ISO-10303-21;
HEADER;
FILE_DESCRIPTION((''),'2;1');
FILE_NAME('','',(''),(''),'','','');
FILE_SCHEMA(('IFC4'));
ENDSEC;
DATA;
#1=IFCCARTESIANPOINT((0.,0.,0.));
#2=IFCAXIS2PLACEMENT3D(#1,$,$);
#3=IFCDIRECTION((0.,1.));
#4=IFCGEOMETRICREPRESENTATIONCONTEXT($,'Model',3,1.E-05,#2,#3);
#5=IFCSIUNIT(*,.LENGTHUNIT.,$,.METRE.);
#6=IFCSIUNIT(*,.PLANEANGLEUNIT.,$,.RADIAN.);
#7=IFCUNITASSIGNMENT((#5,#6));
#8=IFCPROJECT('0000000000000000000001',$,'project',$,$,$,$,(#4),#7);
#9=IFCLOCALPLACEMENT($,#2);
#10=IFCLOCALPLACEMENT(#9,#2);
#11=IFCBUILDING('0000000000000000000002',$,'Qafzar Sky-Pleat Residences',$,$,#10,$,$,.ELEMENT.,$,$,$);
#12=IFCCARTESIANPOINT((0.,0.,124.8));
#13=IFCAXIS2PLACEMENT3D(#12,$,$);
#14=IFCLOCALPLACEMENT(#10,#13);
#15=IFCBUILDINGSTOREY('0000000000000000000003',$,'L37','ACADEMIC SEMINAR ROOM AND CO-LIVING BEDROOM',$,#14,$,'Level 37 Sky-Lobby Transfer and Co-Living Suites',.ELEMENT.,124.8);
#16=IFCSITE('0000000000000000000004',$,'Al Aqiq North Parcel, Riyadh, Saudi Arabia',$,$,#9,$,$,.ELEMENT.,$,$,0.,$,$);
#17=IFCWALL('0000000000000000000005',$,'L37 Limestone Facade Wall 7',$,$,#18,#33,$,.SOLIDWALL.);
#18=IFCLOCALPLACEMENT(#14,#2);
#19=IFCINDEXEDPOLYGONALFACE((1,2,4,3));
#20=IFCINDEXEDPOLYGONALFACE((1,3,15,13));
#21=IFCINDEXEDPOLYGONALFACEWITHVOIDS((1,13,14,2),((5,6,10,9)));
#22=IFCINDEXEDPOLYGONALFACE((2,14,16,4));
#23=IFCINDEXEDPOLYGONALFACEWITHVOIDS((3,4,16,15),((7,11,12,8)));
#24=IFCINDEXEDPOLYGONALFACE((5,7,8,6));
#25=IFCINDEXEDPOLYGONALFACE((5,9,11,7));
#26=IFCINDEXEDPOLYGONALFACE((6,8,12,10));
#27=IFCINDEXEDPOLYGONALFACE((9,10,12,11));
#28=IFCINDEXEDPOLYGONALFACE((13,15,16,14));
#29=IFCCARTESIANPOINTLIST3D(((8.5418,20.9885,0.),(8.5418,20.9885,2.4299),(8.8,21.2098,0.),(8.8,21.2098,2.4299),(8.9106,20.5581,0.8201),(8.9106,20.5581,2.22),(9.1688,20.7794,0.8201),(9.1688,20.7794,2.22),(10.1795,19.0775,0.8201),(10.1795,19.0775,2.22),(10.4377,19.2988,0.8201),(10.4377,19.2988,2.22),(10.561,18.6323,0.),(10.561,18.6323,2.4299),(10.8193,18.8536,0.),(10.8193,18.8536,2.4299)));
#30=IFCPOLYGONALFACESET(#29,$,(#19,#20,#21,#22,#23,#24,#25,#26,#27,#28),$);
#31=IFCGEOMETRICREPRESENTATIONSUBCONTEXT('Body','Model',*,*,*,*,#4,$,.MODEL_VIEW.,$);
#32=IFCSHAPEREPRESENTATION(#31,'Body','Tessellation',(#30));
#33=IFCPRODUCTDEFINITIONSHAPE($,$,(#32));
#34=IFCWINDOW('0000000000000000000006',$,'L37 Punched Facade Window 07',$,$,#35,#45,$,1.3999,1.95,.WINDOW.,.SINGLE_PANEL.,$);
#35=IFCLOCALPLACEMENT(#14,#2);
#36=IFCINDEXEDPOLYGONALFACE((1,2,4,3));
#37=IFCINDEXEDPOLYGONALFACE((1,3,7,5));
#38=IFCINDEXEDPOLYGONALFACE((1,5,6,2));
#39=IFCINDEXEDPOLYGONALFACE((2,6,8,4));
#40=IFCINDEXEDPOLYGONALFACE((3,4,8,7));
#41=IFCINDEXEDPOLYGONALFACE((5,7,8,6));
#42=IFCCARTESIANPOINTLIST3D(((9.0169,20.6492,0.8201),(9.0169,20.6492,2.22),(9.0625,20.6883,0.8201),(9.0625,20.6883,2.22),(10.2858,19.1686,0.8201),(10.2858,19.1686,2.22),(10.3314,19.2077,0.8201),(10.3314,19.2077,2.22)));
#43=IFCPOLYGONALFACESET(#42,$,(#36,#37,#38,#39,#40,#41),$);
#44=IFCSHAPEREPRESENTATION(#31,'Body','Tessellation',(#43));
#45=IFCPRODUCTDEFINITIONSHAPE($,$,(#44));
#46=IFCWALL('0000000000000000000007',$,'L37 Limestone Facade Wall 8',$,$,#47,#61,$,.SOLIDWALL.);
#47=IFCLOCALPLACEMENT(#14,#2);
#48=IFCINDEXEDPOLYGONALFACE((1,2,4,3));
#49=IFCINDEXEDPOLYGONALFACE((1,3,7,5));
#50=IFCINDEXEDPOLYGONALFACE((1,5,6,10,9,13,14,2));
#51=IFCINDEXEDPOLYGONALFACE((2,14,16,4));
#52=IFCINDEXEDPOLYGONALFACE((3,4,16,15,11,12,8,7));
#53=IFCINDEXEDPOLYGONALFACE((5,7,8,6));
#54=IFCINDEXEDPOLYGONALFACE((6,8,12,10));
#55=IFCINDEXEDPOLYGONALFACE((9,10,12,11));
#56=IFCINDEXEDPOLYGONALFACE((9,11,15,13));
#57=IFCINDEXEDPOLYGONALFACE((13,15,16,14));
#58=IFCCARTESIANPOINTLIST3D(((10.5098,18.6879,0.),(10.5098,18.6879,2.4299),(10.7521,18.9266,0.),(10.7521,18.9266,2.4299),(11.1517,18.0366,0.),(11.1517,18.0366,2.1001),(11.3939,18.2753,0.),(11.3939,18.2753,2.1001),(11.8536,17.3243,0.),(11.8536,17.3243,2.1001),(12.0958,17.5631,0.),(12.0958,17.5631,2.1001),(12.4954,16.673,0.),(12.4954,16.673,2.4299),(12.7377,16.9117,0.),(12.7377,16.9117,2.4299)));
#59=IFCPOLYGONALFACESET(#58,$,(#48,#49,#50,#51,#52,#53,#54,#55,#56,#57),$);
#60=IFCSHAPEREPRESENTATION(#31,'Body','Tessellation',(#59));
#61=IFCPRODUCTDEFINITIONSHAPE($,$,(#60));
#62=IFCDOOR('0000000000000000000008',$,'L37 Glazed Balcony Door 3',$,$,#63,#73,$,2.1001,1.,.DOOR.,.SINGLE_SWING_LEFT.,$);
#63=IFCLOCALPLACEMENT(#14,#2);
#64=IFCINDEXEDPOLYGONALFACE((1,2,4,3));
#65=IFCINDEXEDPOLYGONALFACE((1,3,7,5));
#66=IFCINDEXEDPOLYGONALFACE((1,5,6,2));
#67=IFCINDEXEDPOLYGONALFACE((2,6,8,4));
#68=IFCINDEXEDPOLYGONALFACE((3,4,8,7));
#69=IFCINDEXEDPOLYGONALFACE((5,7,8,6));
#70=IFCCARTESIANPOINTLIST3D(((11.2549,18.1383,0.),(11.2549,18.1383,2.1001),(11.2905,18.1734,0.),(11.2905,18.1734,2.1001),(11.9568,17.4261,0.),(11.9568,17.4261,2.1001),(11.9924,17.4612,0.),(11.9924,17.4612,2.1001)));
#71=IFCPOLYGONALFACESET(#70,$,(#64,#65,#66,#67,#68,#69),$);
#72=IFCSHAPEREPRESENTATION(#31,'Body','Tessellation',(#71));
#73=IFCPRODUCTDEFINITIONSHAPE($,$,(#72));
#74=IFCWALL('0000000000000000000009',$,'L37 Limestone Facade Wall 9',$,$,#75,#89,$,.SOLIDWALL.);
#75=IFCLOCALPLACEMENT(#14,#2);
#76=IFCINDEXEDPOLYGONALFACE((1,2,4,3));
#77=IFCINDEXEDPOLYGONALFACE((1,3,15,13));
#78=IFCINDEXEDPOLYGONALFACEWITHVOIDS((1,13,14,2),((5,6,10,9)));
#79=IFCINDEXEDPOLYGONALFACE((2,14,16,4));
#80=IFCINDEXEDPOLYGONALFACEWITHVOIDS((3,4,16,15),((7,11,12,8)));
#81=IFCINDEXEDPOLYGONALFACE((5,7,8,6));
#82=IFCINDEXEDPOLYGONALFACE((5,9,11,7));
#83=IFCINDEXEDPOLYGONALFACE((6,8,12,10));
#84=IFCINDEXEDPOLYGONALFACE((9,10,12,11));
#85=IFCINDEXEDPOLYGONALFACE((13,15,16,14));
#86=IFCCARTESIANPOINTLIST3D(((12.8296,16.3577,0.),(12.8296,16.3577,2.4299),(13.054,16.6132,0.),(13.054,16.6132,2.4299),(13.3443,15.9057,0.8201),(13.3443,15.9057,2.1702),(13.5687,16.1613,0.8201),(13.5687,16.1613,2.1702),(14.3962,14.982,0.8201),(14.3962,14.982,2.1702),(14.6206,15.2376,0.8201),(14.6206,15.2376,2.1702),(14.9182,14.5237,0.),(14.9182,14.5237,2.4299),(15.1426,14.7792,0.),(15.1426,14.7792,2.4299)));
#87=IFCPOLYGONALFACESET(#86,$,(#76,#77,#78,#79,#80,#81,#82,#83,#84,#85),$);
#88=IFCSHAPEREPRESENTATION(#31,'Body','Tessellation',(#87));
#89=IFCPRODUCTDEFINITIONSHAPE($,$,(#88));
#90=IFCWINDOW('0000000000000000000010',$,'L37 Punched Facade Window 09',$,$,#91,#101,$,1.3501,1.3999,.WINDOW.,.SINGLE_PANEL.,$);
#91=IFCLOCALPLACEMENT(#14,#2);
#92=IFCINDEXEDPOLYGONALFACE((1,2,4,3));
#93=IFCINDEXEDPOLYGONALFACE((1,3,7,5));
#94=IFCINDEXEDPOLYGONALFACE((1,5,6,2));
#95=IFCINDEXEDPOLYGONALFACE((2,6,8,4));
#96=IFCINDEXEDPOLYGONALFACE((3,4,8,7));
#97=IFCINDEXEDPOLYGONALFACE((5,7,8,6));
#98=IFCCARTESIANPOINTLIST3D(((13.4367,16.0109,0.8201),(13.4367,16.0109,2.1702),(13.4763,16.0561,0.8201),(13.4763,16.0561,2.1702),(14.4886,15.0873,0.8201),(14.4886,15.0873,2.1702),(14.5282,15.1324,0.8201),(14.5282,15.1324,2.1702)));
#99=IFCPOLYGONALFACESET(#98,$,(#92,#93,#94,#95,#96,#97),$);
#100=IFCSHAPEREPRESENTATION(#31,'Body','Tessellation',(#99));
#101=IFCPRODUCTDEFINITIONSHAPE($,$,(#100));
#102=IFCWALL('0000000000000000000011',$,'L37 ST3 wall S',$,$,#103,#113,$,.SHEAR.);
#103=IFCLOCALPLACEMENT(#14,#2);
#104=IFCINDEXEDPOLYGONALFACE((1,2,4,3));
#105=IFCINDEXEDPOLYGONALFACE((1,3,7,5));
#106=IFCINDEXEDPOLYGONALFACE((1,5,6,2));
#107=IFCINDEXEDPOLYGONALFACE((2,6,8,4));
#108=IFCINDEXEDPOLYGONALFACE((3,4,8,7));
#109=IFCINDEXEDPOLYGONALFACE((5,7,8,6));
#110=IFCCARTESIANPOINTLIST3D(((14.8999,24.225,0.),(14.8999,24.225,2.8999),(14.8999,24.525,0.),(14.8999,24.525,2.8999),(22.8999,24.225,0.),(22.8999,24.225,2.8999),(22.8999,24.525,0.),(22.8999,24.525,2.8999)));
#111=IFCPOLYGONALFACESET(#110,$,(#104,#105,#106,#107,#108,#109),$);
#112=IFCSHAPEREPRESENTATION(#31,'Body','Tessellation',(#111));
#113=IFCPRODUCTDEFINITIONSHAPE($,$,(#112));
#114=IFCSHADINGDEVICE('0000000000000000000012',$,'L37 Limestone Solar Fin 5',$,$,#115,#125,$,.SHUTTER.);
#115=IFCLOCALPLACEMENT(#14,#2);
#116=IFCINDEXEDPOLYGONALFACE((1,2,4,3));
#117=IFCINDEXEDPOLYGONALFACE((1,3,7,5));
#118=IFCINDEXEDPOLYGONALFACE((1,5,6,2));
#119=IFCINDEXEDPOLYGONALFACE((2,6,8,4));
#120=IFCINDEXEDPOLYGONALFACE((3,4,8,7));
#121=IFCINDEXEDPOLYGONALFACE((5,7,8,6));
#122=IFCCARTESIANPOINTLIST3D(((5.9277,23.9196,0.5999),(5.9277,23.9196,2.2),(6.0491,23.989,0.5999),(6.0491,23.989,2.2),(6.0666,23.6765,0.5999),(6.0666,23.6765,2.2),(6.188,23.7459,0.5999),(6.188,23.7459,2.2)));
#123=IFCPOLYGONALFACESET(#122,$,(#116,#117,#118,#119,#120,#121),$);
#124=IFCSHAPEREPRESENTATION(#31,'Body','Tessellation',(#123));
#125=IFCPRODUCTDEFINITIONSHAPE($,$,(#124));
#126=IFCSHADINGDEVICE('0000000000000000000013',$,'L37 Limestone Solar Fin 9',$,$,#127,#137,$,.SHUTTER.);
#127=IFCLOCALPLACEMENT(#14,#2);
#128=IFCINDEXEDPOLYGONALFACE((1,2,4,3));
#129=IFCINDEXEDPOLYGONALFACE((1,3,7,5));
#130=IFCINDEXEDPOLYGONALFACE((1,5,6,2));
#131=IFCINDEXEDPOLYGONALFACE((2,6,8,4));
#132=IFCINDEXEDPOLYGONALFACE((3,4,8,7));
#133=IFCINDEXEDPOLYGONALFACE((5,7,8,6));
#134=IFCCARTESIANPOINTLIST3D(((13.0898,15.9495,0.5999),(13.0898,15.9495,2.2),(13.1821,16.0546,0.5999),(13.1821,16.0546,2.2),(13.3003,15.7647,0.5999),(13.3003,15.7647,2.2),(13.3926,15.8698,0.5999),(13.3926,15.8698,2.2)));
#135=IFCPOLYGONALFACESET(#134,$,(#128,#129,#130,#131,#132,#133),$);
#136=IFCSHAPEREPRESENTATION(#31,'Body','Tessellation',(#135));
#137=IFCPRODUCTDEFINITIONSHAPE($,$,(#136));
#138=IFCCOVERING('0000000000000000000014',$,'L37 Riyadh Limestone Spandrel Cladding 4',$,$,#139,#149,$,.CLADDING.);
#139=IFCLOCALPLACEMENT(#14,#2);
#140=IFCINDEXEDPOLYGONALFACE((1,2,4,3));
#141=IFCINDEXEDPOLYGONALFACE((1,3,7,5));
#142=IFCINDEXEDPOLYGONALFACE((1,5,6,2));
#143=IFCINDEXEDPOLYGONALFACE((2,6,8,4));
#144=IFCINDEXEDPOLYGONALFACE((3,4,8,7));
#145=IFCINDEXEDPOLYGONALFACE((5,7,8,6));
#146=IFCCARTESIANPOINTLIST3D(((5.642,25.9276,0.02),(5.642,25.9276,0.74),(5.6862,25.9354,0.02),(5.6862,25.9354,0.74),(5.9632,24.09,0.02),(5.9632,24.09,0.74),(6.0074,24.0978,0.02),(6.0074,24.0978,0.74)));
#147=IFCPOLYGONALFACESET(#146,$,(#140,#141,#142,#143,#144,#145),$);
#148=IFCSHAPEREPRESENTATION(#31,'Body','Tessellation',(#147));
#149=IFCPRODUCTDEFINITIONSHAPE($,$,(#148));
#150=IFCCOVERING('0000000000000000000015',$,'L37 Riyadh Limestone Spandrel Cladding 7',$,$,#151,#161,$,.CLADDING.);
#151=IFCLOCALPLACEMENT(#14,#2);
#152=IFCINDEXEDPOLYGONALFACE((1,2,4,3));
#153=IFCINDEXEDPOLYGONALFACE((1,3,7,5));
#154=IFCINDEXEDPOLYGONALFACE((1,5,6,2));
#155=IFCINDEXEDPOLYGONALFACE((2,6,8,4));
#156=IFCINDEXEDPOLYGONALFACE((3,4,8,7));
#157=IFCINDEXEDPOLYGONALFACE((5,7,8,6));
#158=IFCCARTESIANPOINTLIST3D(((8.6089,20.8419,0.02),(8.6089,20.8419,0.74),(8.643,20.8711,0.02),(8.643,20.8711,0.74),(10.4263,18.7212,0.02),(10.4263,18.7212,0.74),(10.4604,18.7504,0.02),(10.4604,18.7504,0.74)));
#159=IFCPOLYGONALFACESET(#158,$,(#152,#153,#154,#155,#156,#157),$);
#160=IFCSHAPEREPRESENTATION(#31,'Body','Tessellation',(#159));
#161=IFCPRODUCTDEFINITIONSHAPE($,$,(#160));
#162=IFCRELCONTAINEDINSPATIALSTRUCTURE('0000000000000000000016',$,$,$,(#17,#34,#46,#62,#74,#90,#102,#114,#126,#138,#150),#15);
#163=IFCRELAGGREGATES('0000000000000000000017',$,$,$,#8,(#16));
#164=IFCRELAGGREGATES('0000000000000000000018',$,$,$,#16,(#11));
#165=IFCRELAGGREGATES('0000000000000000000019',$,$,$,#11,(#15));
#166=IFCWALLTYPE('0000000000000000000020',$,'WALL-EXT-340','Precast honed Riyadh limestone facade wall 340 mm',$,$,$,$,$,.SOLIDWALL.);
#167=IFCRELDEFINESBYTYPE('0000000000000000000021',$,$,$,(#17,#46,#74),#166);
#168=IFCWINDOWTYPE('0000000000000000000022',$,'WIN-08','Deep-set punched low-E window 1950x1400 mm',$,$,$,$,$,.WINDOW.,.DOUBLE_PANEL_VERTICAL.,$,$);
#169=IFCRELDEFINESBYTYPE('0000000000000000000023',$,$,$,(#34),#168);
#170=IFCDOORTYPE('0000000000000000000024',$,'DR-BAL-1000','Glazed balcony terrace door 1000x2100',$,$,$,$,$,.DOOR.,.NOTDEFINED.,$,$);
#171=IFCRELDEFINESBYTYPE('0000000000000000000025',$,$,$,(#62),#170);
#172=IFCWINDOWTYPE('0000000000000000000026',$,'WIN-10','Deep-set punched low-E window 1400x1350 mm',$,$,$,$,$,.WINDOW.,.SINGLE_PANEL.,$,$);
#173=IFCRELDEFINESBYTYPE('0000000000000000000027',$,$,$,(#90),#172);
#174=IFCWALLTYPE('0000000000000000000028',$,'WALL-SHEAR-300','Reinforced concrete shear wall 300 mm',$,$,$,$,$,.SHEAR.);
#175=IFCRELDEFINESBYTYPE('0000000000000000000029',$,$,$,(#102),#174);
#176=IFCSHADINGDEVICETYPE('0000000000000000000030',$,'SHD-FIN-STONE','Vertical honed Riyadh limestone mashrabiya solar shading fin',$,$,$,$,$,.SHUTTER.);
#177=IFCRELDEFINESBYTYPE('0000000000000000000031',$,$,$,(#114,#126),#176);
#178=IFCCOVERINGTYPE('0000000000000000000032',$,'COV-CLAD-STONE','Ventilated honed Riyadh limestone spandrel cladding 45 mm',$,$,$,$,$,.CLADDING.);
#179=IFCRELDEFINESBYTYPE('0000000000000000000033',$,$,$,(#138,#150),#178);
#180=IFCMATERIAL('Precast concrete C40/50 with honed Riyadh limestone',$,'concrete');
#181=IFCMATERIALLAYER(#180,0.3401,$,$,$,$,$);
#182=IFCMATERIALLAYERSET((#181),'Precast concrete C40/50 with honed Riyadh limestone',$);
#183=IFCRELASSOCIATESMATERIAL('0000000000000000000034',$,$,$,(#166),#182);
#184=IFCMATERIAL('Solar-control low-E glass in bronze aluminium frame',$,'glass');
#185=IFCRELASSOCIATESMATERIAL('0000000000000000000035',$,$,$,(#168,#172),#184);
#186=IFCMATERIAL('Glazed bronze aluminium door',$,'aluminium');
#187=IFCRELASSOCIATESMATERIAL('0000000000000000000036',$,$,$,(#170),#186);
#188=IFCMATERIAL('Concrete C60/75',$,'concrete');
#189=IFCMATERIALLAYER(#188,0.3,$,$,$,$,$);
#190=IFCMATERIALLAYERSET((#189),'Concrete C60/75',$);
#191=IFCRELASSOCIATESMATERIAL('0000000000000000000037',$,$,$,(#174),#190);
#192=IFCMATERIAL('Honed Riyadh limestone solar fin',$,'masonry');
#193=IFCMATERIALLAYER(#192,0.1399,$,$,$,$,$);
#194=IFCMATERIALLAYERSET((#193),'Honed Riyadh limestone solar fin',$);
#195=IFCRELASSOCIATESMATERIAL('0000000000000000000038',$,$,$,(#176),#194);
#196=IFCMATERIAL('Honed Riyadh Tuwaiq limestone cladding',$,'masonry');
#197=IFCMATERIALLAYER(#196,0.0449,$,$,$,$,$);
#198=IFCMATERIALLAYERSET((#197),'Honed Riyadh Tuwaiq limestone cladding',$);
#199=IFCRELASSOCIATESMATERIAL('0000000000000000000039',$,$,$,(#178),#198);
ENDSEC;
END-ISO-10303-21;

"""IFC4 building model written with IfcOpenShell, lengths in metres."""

from ifc_helpers import new_model, si_unit, direction, frame, frame_2d, origin, origin_2d, place, context, subcontext, project, spatial, rectangle, extrude, source, transform, mapped, material, layer, layer_set, type_object, element, fill, save


model = new_model("IFC4")

# Units and contexts
model_context = context("Model", 3, precision=1e-05, world=origin(), true_north=direction((0.0, 1.0)))
body_context = subcontext(model_context, "Body", "Model", "MODEL_VIEW")
ifc_project = project(units=[si_unit("LENGTHUNIT", "METRE"), si_unit("PLANEANGLEUNIT", "RADIAN")], contexts=[model_context])

# Site, building, storey
site_placement = place(None, origin())
site = spatial("IfcSite", under=ifc_project, at=site_placement, Name="Al Aqiq North Parcel, Riyadh, Saudi Arabia", CompositionType="ELEMENT", RefElevation=0.0)
building_placement = place(site_placement, origin())
building = spatial("IfcBuilding", under=site, at=building_placement, Name="Qafzar Sky-Pleat Residences", CompositionType="ELEMENT")
storey_placement = place(building_placement, frame((0.0, 0.0, 124.8)))
storey = spatial("IfcBuildingStorey", under=building, at=storey_placement, Name="L37", Description="ACADEMIC SEMINAR ROOM AND CO-LIVING BEDROOM", LongName="Level 37 Sky-Lobby Transfer and Co-Living Suites", CompositionType="ELEMENT", Elevation=124.8)

# Shared definitions
ifc_material_1 = material(Name="Concrete C60/75", Category="concrete")

# Wall, opening, window
ifc_material_2 = material(Name="Precast concrete C40/50 with honed Riyadh limestone", Category="concrete")
ifc_layer_1 = layer(ifc_material_2, 0.3401)
ifc_layer_set_1 = layer_set([ifc_layer_1], Name="Precast concrete C40/50 with honed Riyadh limestone")
wall_type_1 = type_object("IfcWallType", Name="WALL-EXT-340", Description="Precast honed Riyadh limestone facade wall 340 mm", PredefinedType="SOLIDWALL", material=ifc_layer_set_1)
ifc_material_3 = material(Name="Solar-control low-E glass in bronze aluminium frame", Category="glass")
wall_1_placement = place(storey_placement, frame((8.6709, 21.0991, 0.0), z_axis=(0.0, 0.0, 1.0), x_axis=(0.650733, -0.759307, 0.0)))
wall_1 = element("IfcWall", 1, at=wall_1_placement, inside=storey, type_object=wall_type_1, Name="L37 Limestone Facade Wall 7", PredefinedType="SOLIDWALL", context=body_context, shape_type="SweptSolid", body=[
    extrude(rectangle(XDim=3.103, YDim=0.3401, at=frame_2d((1.5515, 0.0))), origin(), (0.0, 0.0, 1.0), 2.4299),
])
opening_1_placement = place(wall_1_placement, frame((0.5667, 0.0, 0.8201)))
opening_1 = element("IfcOpeningElement", 2, at=opening_1_placement, cuts=wall_1, PredefinedType="OPENING", context=body_context, shape_type="SweptSolid", body=[
    extrude(rectangle(XDim=1.95, YDim=1.3999, at=frame_2d((0.9751, 0.7))), frame((0.0, 0.1802, 0.0), z_axis=(0.0, -1.0, 0.0), x_axis=(1.0, 0.0, 0.0)), (0.0, 0.0, 1.0), 0.3601),
])
window_type_1 = type_object("IfcWindowType", Name="WIN-08", Description="Deep-set punched low-E window 1950x1400 mm", PartitioningType="DOUBLE_PANEL_VERTICAL", PredefinedType="WINDOW", material=ifc_material_3)
shared_shape_1 = source(origin(), body_context, "Body", "SweptSolid", [
    extrude(rectangle(XDim=1.95, YDim=1.3999, at=frame_2d((0.9751, 0.7))), frame((0.0, 0.03, 0.0), z_axis=(0.0, -1.0, 0.0), x_axis=(1.0, 0.0, 0.0)), (0.0, 0.0, 1.0), 0.0601),
])
window_1_placement = place(opening_1_placement, origin())
window_1 = element("IfcWindow", 3, at=window_1_placement, inside=storey, type_object=window_type_1, Name="L37 Punched Facade Window 07", OverallHeight=1.3999, OverallWidth=1.95, PartitioningType="SINGLE_PANEL", PredefinedType="WINDOW", context=body_context, shape_type="MappedRepresentation", body=[
    mapped(shared_shape_1, transform((0.0, 0.0, 0.0), x_axis=(1.0, 0.0, 0.0), y_axis=(0.0, 1.0, 0.0), z_axis=(0.0, 0.0, 1.0), scale=1.0)),
])
fill(opening_1, window_1)

# Wall, opening, door
wall_2_placement = place(storey_placement, frame((10.6309, 18.8074, 0.0), z_axis=(0.0, 0.0, 1.0), x_axis=(0.70191, -0.712266, 0.0)))
wall_2 = element("IfcWall", 4, at=wall_2_placement, inside=storey, type_object=wall_type_1, Name="L37 Limestone Facade Wall 8", PredefinedType="SOLIDWALL", context=body_context, shape_type="SweptSolid", body=[
    extrude(rectangle(XDim=2.8289, YDim=0.3401, at=frame_2d((1.4146, 0.0))), origin(), (0.0, 0.0, 1.0), 2.4299),
])
opening_2_placement = place(wall_2_placement, frame((0.9146, 0.0, 0.0)))
opening_2 = element("IfcOpeningElement", 5, at=opening_2_placement, cuts=wall_2, PredefinedType="OPENING", context=body_context, shape_type="SweptSolid", body=[
    extrude(rectangle(XDim=1.0, YDim=2.1001, at=frame_2d((0.5, 1.05))), frame((0.0, 0.1802, 0.0), z_axis=(0.0, -1.0, 0.0), x_axis=(1.0, 0.0, 0.0)), (0.0, 0.0, 1.0), 0.3601),
])
ifc_material_4 = material(Name="Glazed bronze aluminium door", Category="aluminium")
door_type = type_object("IfcDoorType", Name="DR-BAL-1000", Description="Glazed balcony terrace door 1000x2100", OperationType="NOTDEFINED", PredefinedType="DOOR", material=ifc_material_4)
shared_shape_2 = source(origin(), body_context, "Body", "SweptSolid", [
    extrude(rectangle(XDim=1.0, YDim=2.1001, at=frame_2d((0.5, 1.05))), frame((0.0, 0.0249, 0.0), z_axis=(0.0, -1.0, 0.0), x_axis=(1.0, 0.0, 0.0)), (0.0, 0.0, 1.0), 0.05),
])
door_placement = place(opening_2_placement, origin())
door = element("IfcDoor", 6, at=door_placement, inside=storey, type_object=door_type, Name="L37 Glazed Balcony Door 3", OperationType="SINGLE_SWING_LEFT", OverallHeight=2.1001, OverallWidth=1.0, PredefinedType="DOOR", context=body_context, shape_type="MappedRepresentation", body=[
    mapped(shared_shape_2, transform((0.0, 0.0, 0.0), x_axis=(1.0, 0.0, 0.0), y_axis=(0.0, 1.0, 0.0), z_axis=(0.0, 0.0, 1.0), scale=1.0)),
])
fill(opening_2, door)

# Wall, opening, window
wall_3_placement = place(storey_placement, frame((12.9419, 16.4854, 0.0), z_axis=(0.0, 0.0, 1.0), x_axis=(0.751427, -0.659816, 0.0)))
wall_3 = element("IfcWall", 7, at=wall_3_placement, inside=storey, type_object=wall_type_1, Name="L37 Limestone Facade Wall 9", PredefinedType="SOLIDWALL", context=body_context, shape_type="SweptSolid", body=[
    extrude(rectangle(XDim=2.7795, YDim=0.3401, at=frame_2d((1.3896, 0.0))), origin(), (0.0, 0.0, 1.0), 2.4299),
])
opening_3_placement = place(wall_3_placement, frame((0.6848, 0.0, 0.8201)))
opening_3 = element("IfcOpeningElement", 8, at=opening_3_placement, cuts=wall_3, PredefinedType="OPENING", context=body_context, shape_type="SweptSolid", body=[
    extrude(rectangle(XDim=1.3999, YDim=1.3501, at=frame_2d((0.7, 0.675))), frame((0.0, 0.1802, 0.0), z_axis=(0.0, -1.0, 0.0), x_axis=(1.0, 0.0, 0.0)), (0.0, 0.0, 1.0), 0.3601),
])
window_type_2 = type_object("IfcWindowType", Name="WIN-10", Description="Deep-set punched low-E window 1400x1350 mm", PartitioningType="SINGLE_PANEL", PredefinedType="WINDOW", material=ifc_material_3)
shared_shape_3 = source(origin(), body_context, "Body", "SweptSolid", [
    extrude(rectangle(XDim=1.3999, YDim=1.3501, at=frame_2d((0.7, 0.675))), frame((0.0, 0.03, 0.0), z_axis=(0.0, -1.0, 0.0), x_axis=(1.0, 0.0, 0.0)), (0.0, 0.0, 1.0), 0.0601),
])
window_2_placement = place(opening_3_placement, origin())
window_2 = element("IfcWindow", 9, at=window_2_placement, inside=storey, type_object=window_type_2, Name="L37 Punched Facade Window 09", OverallHeight=1.3501, OverallWidth=1.3999, PartitioningType="SINGLE_PANEL", PredefinedType="WINDOW", context=body_context, shape_type="MappedRepresentation", body=[
    mapped(shared_shape_3, transform((0.0, 0.0, 0.0), x_axis=(1.0, 0.0, 0.0), y_axis=(0.0, 1.0, 0.0), z_axis=(0.0, 0.0, 1.0), scale=1.0)),
])
fill(opening_3, window_2)

# Wall
ifc_layer_2 = layer(ifc_material_1, 0.3)
ifc_layer_set_2 = layer_set([ifc_layer_2], Name="Concrete C60/75")
wall_type_2 = type_object("IfcWallType", Name="WALL-SHEAR-300", Description="Reinforced concrete shear wall 300 mm", PredefinedType="SHEAR", material=ifc_layer_set_2)
wall_4_placement = place(storey_placement, frame((14.8999, 24.375, 0.0), z_axis=(0.0, 0.0, 1.0), x_axis=(1.0, 0.0, 0.0)))
element("IfcWall", 10, at=wall_4_placement, inside=storey, type_object=wall_type_2, Name="L37 ST3 wall S", PredefinedType="SHEAR", context=body_context, shape_type="SweptSolid", body=[
    extrude(rectangle(XDim=8.0, YDim=0.3, at=frame_2d((4.0, 0.0))), origin(), (0.0, 0.0, 1.0), 2.8999),
])

# Shading devices
ifc_material_5 = material(Name="Honed Riyadh limestone solar fin", Category="masonry")
ifc_layer_3 = layer(ifc_material_5, 0.1399)
ifc_layer_set_3 = layer_set([ifc_layer_3], Name="Honed Riyadh limestone solar fin")
shading_device_type = type_object("IfcShadingDeviceType", Name="SHD-FIN-STONE", Description="Vertical honed Riyadh limestone mashrabiya solar shading fin", PredefinedType="SHUTTER", material=ifc_layer_set_3)
shared_shape_4 = source(origin(), body_context, "Body", "SweptSolid", [
    extrude(rectangle(XDim=0.1399, YDim=0.28, at=origin_2d()), origin(), (0.0, 0.0, 1.0), 1.6001),
])
for number, where, z_axis, x_axis, name in (
    (11, (6.0579, 23.8328, 0.5999), (0.0, 0.0, 1.0), (-0.868308, -0.496026, 0.0), "L37 Limestone Solar Fin 5"),
    (12, (13.2412, 15.9097, 0.5999), (0.0, 0.0, 1.0), (-0.659785, -0.751454, 0.0), "L37 Limestone Solar Fin 9"),
):
    element("IfcShadingDevice", number, at=place(storey_placement, frame(where, z_axis=z_axis, x_axis=x_axis)), inside=storey, type_object=shading_device_type, Name=name, PredefinedType="SHUTTER", context=body_context, shape_type="MappedRepresentation", body=[
        mapped(shared_shape_4, transform((0.0, 0.0, 0.0), x_axis=(1.0, 0.0, 0.0), y_axis=(0.0, 1.0, 0.0), z_axis=(0.0, 0.0, 1.0), scale=1.0)),
    ])

# Coverings
ifc_material_6 = material(Name="Honed Riyadh Tuwaiq limestone cladding", Category="masonry")
ifc_layer_4 = layer(ifc_material_6, 0.0449)
ifc_layer_set_4 = layer_set([ifc_layer_4], Name="Honed Riyadh Tuwaiq limestone cladding")
covering_type = type_object("IfcCoveringType", Name="COV-CLAD-STONE", Description="Ventilated honed Riyadh limestone spandrel cladding 45 mm", PredefinedType="CLADDING", material=ifc_layer_set_4)
shared_shape_5 = source(origin(), body_context, "Body", "SweptSolid", [
    extrude(rectangle(XDim=1.8655, YDim=0.0449, at=origin_2d()), origin(), (0.0, 0.0, 1.0), 0.72),
])
covering_1_placement = place(storey_placement, frame((5.8247, 25.0127, 0.02), z_axis=(0.0, 0.0, 1.0), x_axis=(0.17217, -0.985067, 0.0)))
element("IfcCovering", 13, at=covering_1_placement, inside=storey, type_object=covering_type, Name="L37 Riyadh Limestone Spandrel Cladding 4", PredefinedType="CLADDING", context=body_context, shape_type="MappedRepresentation", body=[
    mapped(shared_shape_5, transform((0.0, 0.0, 0.0), x_axis=(1.0, 0.0, 0.0), y_axis=(0.0, 1.0, 0.0), z_axis=(0.0, 0.0, 1.0), scale=1.0)),
])
shared_shape_6 = source(origin(), body_context, "Body", "SweptSolid", [
    extrude(rectangle(XDim=2.793, YDim=0.0449, at=origin_2d()), origin(), (0.0, 0.0, 1.0), 0.72),
])
covering_2_placement = place(storey_placement, frame((9.5347, 19.7961, 0.02), z_axis=(0.0, 0.0, 1.0), x_axis=(0.650722, -0.759316, 0.0)))
element("IfcCovering", 14, at=covering_2_placement, inside=storey, type_object=covering_type, Name="L37 Riyadh Limestone Spandrel Cladding 7", PredefinedType="CLADDING", context=body_context, shape_type="MappedRepresentation", body=[
    mapped(shared_shape_6, transform((0.0, 0.0, 0.0), x_axis=(1.0, 0.0, 0.0), y_axis=(0.0, 1.0, 0.0), z_axis=(0.0, 0.0, 1.0), scale=1.0)),
])

save(model, "model.ifc")
